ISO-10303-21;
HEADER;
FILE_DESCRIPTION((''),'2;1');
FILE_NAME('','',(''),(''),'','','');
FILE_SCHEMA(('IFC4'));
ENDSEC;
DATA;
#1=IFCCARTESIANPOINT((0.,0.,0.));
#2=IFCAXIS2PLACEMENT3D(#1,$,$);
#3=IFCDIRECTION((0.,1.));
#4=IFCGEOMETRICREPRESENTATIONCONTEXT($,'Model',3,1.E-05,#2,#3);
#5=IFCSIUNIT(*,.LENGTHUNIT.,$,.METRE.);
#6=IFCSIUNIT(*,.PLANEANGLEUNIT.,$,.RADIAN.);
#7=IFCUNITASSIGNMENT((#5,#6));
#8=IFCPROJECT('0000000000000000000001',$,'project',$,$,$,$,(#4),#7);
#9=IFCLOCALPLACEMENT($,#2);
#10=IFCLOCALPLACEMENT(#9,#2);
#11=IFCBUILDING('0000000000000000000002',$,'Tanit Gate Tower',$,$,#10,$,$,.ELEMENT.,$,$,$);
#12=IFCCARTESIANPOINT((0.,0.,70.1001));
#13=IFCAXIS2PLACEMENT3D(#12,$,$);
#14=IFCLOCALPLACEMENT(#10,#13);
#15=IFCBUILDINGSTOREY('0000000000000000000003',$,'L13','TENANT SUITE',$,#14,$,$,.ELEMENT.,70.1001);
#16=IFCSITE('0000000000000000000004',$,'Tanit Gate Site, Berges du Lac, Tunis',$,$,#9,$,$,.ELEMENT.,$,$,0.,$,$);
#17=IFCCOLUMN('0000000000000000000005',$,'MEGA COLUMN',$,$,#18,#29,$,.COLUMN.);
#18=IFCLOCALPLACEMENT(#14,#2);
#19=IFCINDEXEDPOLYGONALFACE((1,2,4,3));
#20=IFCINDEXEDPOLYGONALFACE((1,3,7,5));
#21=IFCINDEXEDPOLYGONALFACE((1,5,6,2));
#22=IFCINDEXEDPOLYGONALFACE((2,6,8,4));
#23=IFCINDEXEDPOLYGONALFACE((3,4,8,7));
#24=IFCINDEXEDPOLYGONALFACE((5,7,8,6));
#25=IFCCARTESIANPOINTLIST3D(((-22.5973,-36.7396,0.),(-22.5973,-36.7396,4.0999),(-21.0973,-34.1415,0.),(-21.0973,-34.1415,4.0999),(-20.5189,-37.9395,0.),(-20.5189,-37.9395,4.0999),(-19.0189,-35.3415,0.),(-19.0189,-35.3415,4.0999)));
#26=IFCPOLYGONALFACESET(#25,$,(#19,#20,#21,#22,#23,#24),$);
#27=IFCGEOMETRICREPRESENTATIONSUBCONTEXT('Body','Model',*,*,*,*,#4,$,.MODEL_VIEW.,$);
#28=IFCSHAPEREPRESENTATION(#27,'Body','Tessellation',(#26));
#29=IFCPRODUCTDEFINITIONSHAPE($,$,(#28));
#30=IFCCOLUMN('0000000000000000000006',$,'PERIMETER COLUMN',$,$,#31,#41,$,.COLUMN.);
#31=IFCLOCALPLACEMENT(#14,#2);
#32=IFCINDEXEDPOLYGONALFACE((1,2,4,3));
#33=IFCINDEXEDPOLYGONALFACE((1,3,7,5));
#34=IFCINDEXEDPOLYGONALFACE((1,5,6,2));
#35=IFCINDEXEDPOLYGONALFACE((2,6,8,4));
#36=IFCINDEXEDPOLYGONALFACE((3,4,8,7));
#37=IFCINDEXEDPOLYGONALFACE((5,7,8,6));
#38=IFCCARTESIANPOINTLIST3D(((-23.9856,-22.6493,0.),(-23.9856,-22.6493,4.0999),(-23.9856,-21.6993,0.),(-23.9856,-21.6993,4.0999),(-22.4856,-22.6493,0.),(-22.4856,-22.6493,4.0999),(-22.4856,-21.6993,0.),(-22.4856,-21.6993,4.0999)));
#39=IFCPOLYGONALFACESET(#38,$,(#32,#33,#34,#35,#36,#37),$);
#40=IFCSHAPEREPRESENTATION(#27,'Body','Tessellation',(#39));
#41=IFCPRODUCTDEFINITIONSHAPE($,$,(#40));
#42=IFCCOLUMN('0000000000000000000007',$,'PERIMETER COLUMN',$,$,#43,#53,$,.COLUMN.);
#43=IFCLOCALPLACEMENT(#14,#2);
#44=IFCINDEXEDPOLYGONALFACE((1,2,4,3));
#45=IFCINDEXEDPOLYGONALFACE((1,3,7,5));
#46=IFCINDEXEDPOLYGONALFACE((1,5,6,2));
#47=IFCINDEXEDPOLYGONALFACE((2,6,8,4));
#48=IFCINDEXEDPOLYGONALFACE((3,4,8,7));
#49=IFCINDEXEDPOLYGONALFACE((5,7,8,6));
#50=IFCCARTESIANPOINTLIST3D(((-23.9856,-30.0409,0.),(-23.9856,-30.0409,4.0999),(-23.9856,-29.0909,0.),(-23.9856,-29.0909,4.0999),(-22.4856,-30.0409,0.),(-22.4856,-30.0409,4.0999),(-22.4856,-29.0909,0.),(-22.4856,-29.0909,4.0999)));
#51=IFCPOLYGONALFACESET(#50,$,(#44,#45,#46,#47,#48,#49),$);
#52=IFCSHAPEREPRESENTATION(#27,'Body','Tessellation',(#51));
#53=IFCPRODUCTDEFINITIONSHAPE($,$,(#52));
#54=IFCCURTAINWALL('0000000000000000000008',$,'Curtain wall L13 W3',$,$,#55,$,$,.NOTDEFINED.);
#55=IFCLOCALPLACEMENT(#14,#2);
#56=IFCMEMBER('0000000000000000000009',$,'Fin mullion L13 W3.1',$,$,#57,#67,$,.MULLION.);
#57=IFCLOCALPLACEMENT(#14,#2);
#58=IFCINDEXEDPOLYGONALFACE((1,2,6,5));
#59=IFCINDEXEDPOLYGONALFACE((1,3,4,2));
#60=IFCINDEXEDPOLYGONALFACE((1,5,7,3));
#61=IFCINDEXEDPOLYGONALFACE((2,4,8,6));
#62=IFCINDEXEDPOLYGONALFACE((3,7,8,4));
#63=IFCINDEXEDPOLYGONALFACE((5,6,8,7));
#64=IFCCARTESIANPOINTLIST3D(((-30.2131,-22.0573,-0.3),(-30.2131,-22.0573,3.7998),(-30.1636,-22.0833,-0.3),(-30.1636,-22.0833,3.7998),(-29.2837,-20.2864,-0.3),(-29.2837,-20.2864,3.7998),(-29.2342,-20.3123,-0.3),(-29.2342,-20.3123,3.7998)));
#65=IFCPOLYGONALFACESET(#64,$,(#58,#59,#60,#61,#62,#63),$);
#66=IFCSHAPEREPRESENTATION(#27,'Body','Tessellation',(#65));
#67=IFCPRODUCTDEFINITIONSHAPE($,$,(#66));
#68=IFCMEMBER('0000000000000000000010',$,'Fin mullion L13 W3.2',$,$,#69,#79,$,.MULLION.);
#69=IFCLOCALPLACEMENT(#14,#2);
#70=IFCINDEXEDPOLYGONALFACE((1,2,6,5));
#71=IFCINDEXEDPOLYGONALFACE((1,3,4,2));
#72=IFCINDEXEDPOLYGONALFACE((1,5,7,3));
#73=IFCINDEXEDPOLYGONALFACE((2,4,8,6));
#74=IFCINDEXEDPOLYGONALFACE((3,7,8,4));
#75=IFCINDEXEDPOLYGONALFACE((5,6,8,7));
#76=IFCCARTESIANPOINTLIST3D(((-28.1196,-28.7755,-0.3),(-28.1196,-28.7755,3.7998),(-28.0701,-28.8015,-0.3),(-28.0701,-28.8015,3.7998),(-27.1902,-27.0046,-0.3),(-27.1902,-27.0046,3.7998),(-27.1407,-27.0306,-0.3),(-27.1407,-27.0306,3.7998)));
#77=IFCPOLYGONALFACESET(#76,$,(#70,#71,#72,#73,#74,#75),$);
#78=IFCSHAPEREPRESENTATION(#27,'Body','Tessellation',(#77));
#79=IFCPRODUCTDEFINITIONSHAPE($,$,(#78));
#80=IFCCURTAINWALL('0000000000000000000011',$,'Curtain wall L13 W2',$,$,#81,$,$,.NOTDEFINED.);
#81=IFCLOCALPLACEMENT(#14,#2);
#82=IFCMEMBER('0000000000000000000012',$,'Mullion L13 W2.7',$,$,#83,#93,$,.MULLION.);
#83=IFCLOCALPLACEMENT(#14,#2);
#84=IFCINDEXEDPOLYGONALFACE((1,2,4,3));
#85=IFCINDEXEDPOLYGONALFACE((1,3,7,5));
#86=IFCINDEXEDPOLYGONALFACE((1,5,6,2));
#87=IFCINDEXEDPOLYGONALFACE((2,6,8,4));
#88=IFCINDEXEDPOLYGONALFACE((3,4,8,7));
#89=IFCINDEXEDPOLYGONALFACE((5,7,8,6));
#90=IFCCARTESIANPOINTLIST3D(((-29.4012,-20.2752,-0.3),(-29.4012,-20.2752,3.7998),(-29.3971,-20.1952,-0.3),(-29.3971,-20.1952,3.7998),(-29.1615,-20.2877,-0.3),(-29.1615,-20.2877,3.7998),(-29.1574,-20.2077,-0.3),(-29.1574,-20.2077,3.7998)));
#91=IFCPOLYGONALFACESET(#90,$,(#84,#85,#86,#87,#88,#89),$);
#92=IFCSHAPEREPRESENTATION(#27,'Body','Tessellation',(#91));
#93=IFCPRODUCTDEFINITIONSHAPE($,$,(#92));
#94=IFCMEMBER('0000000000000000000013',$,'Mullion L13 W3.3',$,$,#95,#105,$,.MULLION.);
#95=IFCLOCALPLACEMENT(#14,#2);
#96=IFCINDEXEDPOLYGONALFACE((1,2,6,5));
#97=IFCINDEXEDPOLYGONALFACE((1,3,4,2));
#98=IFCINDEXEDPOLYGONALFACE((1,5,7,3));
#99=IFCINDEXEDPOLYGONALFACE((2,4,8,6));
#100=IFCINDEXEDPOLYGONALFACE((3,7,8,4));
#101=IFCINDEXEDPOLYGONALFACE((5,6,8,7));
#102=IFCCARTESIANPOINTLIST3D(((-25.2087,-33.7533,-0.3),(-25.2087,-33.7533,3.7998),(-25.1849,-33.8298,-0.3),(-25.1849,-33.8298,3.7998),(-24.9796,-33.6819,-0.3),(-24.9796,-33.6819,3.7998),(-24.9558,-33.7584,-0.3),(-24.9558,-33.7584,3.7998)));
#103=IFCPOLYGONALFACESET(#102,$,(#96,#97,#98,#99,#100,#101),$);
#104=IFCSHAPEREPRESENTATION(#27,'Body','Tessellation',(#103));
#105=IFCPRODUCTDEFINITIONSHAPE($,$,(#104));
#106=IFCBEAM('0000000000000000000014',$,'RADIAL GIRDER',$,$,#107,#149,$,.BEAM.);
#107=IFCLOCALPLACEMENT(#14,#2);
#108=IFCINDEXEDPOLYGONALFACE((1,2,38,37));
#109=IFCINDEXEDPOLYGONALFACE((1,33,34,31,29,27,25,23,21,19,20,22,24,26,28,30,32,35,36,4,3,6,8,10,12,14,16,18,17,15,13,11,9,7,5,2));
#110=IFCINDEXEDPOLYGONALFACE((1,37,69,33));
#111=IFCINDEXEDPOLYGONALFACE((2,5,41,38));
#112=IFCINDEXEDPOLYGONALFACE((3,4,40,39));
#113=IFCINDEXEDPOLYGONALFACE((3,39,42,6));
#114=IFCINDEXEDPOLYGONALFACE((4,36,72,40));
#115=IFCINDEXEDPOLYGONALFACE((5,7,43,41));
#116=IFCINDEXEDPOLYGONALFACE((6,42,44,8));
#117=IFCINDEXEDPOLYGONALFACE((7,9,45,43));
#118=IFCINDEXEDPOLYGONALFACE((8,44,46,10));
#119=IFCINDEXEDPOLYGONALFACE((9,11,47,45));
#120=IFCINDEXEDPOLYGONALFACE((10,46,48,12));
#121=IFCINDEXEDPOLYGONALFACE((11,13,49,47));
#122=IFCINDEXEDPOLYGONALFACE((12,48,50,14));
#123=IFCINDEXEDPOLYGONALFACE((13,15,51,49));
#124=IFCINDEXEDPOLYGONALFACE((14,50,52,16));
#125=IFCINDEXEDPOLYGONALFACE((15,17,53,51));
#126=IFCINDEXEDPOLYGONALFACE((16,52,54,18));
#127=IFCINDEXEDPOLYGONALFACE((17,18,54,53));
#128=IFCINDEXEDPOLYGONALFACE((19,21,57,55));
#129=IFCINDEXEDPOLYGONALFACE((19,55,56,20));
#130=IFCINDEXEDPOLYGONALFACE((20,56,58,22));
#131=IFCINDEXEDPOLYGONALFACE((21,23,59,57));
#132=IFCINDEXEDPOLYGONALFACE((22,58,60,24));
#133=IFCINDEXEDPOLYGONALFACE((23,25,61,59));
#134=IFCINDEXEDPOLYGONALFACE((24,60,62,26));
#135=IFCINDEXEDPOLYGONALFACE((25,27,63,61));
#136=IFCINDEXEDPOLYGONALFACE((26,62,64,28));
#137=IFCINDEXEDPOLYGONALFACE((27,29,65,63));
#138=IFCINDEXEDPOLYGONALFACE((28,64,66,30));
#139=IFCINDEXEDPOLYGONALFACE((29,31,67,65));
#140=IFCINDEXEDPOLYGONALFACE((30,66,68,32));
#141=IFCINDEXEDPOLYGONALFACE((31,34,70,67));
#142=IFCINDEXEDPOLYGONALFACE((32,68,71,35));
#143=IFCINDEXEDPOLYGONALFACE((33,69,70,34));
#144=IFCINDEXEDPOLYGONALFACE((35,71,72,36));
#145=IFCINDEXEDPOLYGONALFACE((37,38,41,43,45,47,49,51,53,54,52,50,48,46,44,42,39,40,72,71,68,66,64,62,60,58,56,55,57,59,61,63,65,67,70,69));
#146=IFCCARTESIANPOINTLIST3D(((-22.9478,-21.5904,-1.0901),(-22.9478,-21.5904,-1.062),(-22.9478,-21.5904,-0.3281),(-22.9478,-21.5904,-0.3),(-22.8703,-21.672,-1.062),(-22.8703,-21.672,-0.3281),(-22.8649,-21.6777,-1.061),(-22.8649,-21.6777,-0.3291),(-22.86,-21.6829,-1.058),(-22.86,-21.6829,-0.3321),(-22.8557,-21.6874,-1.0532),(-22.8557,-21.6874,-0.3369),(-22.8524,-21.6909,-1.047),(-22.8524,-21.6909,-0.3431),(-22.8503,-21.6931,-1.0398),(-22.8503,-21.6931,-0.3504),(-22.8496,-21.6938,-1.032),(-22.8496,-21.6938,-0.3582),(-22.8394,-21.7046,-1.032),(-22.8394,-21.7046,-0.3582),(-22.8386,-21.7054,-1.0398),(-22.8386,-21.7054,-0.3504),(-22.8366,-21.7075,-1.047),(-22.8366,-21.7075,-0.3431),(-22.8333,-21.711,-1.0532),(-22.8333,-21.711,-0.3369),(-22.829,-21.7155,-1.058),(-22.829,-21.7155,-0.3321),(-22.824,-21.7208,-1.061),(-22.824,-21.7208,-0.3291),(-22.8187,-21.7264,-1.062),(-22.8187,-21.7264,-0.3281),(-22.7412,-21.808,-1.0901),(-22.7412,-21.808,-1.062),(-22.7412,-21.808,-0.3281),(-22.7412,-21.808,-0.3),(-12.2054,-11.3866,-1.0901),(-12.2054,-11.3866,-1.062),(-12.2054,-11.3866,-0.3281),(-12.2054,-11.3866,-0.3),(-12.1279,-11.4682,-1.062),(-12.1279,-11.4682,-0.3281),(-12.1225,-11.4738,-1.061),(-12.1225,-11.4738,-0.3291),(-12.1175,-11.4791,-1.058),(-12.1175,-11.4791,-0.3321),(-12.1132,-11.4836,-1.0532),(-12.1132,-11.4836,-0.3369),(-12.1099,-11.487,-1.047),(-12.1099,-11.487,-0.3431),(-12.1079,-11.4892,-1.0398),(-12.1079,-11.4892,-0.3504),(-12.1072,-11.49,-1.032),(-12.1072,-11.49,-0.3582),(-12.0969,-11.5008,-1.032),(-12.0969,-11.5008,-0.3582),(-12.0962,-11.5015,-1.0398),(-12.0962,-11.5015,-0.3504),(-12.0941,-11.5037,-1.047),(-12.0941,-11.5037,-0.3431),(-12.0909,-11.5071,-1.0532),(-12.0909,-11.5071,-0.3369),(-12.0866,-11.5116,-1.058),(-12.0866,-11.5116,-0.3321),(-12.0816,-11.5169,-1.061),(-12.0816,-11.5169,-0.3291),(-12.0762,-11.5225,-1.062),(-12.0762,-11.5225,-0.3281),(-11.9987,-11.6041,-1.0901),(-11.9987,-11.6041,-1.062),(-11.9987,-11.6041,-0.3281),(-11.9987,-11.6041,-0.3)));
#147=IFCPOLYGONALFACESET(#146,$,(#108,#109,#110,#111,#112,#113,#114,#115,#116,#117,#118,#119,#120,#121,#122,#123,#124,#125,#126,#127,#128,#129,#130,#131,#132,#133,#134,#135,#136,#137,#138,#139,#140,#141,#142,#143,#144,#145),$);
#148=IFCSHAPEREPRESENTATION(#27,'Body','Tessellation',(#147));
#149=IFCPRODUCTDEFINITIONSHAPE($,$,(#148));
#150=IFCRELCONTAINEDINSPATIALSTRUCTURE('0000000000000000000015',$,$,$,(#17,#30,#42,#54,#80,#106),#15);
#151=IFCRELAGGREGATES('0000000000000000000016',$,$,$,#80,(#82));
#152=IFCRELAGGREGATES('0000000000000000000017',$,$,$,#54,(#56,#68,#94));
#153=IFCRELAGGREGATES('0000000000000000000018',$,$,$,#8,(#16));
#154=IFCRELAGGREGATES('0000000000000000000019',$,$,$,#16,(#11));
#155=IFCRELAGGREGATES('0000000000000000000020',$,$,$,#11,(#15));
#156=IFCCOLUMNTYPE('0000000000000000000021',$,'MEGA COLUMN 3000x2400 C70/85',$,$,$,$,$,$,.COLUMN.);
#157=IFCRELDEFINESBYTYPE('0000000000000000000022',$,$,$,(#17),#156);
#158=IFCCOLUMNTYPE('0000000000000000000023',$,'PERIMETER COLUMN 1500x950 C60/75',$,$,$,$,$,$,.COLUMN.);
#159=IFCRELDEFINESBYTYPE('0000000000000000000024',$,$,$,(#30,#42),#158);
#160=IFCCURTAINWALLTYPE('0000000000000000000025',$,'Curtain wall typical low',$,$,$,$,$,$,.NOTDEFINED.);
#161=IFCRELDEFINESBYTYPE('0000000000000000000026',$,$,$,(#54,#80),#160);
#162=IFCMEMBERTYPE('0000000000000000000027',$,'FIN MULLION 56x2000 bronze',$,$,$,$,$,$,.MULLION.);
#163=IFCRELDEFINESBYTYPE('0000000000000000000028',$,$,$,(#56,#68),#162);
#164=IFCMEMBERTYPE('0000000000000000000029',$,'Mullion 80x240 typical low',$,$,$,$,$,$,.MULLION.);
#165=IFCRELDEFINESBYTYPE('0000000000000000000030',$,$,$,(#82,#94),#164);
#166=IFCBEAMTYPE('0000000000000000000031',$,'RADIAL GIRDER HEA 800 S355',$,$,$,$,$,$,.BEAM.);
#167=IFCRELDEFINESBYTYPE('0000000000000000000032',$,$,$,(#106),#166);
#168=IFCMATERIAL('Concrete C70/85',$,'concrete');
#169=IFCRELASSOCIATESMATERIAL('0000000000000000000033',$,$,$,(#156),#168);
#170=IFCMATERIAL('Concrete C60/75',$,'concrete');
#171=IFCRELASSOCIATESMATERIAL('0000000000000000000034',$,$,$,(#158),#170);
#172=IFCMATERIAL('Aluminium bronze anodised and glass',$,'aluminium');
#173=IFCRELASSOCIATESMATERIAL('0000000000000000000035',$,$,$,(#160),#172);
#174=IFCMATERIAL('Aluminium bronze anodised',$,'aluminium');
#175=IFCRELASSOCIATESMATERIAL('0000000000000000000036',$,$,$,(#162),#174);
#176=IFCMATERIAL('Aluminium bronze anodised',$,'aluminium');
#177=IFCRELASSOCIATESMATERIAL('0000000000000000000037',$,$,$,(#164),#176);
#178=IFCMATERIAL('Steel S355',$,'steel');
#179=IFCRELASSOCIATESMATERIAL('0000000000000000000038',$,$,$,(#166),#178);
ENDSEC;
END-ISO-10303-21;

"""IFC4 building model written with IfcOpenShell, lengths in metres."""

from ifc_helpers import new_model, si_unit, direction, frame, origin, origin_2d, place, context, subcontext, project, spatial, rectangle, i_section, extrude, material, material_profile, profile_set, type_object, element, aggregate, save


model = new_model("IFC4")

# Units and contexts
model_context = context("Model", 3, precision=1e-05, world=origin(), true_north=direction((0.0, 1.0)))
body_context = subcontext(model_context, "Body", "Model", "MODEL_VIEW")
ifc_project = project(units=[si_unit("LENGTHUNIT", "METRE"), si_unit("PLANEANGLEUNIT", "RADIAN")], contexts=[model_context])

# Site, building, storey
site_placement = place(None, origin())
site = spatial("IfcSite", under=ifc_project, at=site_placement, Name="Tanit Gate Site, Berges du Lac, Tunis", CompositionType="ELEMENT", RefElevation=0.0)
building_placement = place(site_placement, origin())
building = spatial("IfcBuilding", under=site, at=building_placement, Name="Tanit Gate Tower", CompositionType="ELEMENT")
storey_placement = place(building_placement, frame((0.0, 0.0, 70.1001)))
storey = spatial("IfcBuildingStorey", under=building, at=storey_placement, Name="L13", Description="TENANT SUITE", CompositionType="ELEMENT", Elevation=70.1001)

# Columns
ifc_material_1 = material(Name="Concrete C70/85", Category="concrete")
ifc_material_profile_1 = material_profile(ifc_material_1, rectangle(XDim=3.0, YDim=2.3999, at=origin_2d()), Name="RC 3000x2400")
ifc_profile_set_1 = profile_set([ifc_material_profile_1], Name="Concrete C70/85")
column_type_1 = type_object("IfcColumnType", Name="MEGA COLUMN 3000x2400 C70/85", PredefinedType="COLUMN", material=ifc_profile_set_1)
column_placement = place(storey_placement, frame((-20.8081, -36.0405, 0.0), z_axis=(0.0, 0.0, 1.0), x_axis=(-0.5, -0.866025, 0.0)))
element("IfcColumn", 1, at=column_placement, inside=storey, type_object=column_type_1, Name="MEGA COLUMN", PredefinedType="COLUMN", context=body_context, shape_type="SweptSolid", body=[
    extrude(rectangle(XDim=3.0, YDim=2.3999, at=origin_2d()), origin(), (0.0, 0.0, 1.0), 4.0999),
])
ifc_material_2 = material(Name="Concrete C60/75", Category="concrete")
ifc_material_profile_2 = material_profile(ifc_material_2, rectangle(XDim=1.5, YDim=0.95, at=origin_2d()), Name="RC 1500x950")
ifc_profile_set_2 = profile_set([ifc_material_profile_2], Name="Concrete C60/75")
column_type_2 = type_object("IfcColumnType", Name="PERIMETER COLUMN 1500x950 C60/75", PredefinedType="COLUMN", material=ifc_profile_set_2)
for number, where, z_axis, x_axis, name in (
    (2, (-23.2356, -22.1743, 0.0), (0.0, 0.0, 1.0), (-1.0, 0.0, 0.0), "PERIMETER COLUMN"),
    (3, (-23.2356, -29.5659, 0.0), (0.0, 0.0, 1.0), (-1.0, 0.0, 0.0), "PERIMETER COLUMN"),
):
    element("IfcColumn", number, at=place(storey_placement, frame(where, z_axis=z_axis, x_axis=x_axis)), inside=storey, type_object=column_type_2, Name=name, PredefinedType="COLUMN", context=body_context, shape_type="SweptSolid", body=[
        extrude(rectangle(XDim=1.5, YDim=0.95, at=origin_2d()), origin(), (0.0, 0.0, 1.0), 4.0999),
    ])

# Curtain wall, members
ifc_material_3 = material(Name="Aluminium bronze anodised and glass", Category="aluminium")
curtain_wall_type = type_object("IfcCurtainWallType", Name="Curtain wall typical low", PredefinedType="NOTDEFINED", material=ifc_material_3)
curtain_wall_1_placement = place(storey_placement, origin())
curtain_wall_1 = element("IfcCurtainWall", 4, at=curtain_wall_1_placement, inside=storey, type_object=curtain_wall_type, Name="Curtain wall L13 W3", PredefinedType="NOTDEFINED")
ifc_material_4 = material(Name="Aluminium bronze anodised", Category="aluminium")
ifc_material_profile_3 = material_profile(ifc_material_4, rectangle(XDim=2.0, YDim=0.0559, at=origin_2d()), Name="56x2000 bronze fin mullion")
ifc_profile_set_3 = profile_set([ifc_material_profile_3], Name="Aluminium bronze anodised")
member_type_1 = type_object("IfcMemberType", Name="FIN MULLION 56x2000 bronze", PredefinedType="MULLION", material=ifc_profile_set_3)
member_1_placement = place(storey_placement, frame((-29.7236, -21.1848, -0.3), z_axis=(0.0, 0.0, 1.0), x_axis=(0.464714, 0.885461, 0.0)))
member_1 = element("IfcMember", 5, at=member_1_placement, type_object=member_type_1, Name="Fin mullion L13 W3.1", PredefinedType="MULLION", context=body_context, shape_type="SweptSolid", body=[
    extrude(rectangle(XDim=2.0, YDim=0.0559, at=origin_2d()), origin(), (0.0, 0.0, 1.0), 4.0999),
])
member_2_placement = place(storey_placement, frame((-27.6301, -27.9031, -0.3), z_axis=(0.0, 0.0, 1.0), x_axis=(0.464714, 0.885461, 0.0)))
member_2 = element("IfcMember", 6, at=member_2_placement, type_object=member_type_1, Name="Fin mullion L13 W3.2", PredefinedType="MULLION", context=body_context, shape_type="SweptSolid", body=[
    extrude(rectangle(XDim=2.0, YDim=0.0559, at=origin_2d()), origin(), (0.0, 0.0, 1.0), 4.0999),
])

# Curtain wall, member
curtain_wall_2_placement = place(storey_placement, origin())
curtain_wall_2 = element("IfcCurtainWall", 7, at=curtain_wall_2_placement, inside=storey, type_object=curtain_wall_type, Name="Curtain wall L13 W2", PredefinedType="NOTDEFINED")
ifc_material_5 = material(Name="Aluminium bronze anodised", Category="aluminium")
ifc_material_profile_4 = material_profile(ifc_material_5, rectangle(XDim=0.24, YDim=0.0801, at=origin_2d()), Name="80x240 bronze mullion")
ifc_profile_set_4 = profile_set([ifc_material_profile_4], Name="Aluminium bronze anodised")
member_type_2 = type_object("IfcMemberType", Name="Mullion 80x240 typical low", PredefinedType="MULLION", material=ifc_profile_set_4)
member_3_placement = place(storey_placement, frame((-29.2793, -20.2415, -0.3), z_axis=(0.0, 0.0, 1.0), x_axis=(0.998654, -0.051865, 0.0)))
member_3 = element("IfcMember", 8, at=member_3_placement, type_object=member_type_2, Name="Mullion L13 W2.7", PredefinedType="MULLION", context=body_context, shape_type="SweptSolid", body=[
    extrude(rectangle(XDim=0.24, YDim=0.0801, at=origin_2d()), origin(), (0.0, 0.0, 1.0), 4.0999),
])
aggregate(curtain_wall_2, [member_3])

# Member
member_4_placement = place(storey_placement, frame((-25.0823, -33.7559, -0.3), z_axis=(0.0, 0.0, 1.0), x_axis=(0.954718, 0.297513, 0.0)))
member_4 = element("IfcMember", 9, at=member_4_placement, type_object=member_type_2, Name="Mullion L13 W3.3", PredefinedType="MULLION", context=body_context, shape_type="SweptSolid", body=[
    extrude(rectangle(XDim=0.24, YDim=0.0801, at=origin_2d()), origin(), (0.0, 0.0, 1.0), 4.0999),
])

# Beam
ifc_material_6 = material(Name="Steel S355", Category="steel")
ifc_material_profile_5 = material_profile(ifc_material_6, i_section(OverallWidth=0.3, OverallDepth=0.79, WebThickness=0.0149, FlangeThickness=0.0281, FilletRadius=0.03, at=origin_2d()), Name="HEA 800")
ifc_profile_set_5 = profile_set([ifc_material_profile_5], Name="Steel S355")
beam_type_1 = type_object("IfcBeamType", Name="RADIAL GIRDER HEA 800 S355", PredefinedType="BEAM", material=ifc_profile_set_5)
beam_1_placement = place(storey_placement, frame((-22.8445, -21.6992, -0.6951), z_axis=(0.725048, 0.688698, 0.0), x_axis=(-0.688698, 0.725048, 0.0)))
element("IfcBeam", 10, at=beam_1_placement, inside=storey, type_object=beam_type_1, Name="RADIAL GIRDER", PredefinedType="BEAM", context=body_context, shape_type="SweptSolid", body=[
    extrude(i_section(OverallWidth=0.3, OverallDepth=0.79, WebThickness=0.0149, FlangeThickness=0.0281, FilletRadius=0.03, at=origin_2d()), origin(), (0.0, 0.0, 1.0), 14.8162),
])

aggregate(curtain_wall_1, [member_1, member_2, member_4])

save(model, "model.ifc")
